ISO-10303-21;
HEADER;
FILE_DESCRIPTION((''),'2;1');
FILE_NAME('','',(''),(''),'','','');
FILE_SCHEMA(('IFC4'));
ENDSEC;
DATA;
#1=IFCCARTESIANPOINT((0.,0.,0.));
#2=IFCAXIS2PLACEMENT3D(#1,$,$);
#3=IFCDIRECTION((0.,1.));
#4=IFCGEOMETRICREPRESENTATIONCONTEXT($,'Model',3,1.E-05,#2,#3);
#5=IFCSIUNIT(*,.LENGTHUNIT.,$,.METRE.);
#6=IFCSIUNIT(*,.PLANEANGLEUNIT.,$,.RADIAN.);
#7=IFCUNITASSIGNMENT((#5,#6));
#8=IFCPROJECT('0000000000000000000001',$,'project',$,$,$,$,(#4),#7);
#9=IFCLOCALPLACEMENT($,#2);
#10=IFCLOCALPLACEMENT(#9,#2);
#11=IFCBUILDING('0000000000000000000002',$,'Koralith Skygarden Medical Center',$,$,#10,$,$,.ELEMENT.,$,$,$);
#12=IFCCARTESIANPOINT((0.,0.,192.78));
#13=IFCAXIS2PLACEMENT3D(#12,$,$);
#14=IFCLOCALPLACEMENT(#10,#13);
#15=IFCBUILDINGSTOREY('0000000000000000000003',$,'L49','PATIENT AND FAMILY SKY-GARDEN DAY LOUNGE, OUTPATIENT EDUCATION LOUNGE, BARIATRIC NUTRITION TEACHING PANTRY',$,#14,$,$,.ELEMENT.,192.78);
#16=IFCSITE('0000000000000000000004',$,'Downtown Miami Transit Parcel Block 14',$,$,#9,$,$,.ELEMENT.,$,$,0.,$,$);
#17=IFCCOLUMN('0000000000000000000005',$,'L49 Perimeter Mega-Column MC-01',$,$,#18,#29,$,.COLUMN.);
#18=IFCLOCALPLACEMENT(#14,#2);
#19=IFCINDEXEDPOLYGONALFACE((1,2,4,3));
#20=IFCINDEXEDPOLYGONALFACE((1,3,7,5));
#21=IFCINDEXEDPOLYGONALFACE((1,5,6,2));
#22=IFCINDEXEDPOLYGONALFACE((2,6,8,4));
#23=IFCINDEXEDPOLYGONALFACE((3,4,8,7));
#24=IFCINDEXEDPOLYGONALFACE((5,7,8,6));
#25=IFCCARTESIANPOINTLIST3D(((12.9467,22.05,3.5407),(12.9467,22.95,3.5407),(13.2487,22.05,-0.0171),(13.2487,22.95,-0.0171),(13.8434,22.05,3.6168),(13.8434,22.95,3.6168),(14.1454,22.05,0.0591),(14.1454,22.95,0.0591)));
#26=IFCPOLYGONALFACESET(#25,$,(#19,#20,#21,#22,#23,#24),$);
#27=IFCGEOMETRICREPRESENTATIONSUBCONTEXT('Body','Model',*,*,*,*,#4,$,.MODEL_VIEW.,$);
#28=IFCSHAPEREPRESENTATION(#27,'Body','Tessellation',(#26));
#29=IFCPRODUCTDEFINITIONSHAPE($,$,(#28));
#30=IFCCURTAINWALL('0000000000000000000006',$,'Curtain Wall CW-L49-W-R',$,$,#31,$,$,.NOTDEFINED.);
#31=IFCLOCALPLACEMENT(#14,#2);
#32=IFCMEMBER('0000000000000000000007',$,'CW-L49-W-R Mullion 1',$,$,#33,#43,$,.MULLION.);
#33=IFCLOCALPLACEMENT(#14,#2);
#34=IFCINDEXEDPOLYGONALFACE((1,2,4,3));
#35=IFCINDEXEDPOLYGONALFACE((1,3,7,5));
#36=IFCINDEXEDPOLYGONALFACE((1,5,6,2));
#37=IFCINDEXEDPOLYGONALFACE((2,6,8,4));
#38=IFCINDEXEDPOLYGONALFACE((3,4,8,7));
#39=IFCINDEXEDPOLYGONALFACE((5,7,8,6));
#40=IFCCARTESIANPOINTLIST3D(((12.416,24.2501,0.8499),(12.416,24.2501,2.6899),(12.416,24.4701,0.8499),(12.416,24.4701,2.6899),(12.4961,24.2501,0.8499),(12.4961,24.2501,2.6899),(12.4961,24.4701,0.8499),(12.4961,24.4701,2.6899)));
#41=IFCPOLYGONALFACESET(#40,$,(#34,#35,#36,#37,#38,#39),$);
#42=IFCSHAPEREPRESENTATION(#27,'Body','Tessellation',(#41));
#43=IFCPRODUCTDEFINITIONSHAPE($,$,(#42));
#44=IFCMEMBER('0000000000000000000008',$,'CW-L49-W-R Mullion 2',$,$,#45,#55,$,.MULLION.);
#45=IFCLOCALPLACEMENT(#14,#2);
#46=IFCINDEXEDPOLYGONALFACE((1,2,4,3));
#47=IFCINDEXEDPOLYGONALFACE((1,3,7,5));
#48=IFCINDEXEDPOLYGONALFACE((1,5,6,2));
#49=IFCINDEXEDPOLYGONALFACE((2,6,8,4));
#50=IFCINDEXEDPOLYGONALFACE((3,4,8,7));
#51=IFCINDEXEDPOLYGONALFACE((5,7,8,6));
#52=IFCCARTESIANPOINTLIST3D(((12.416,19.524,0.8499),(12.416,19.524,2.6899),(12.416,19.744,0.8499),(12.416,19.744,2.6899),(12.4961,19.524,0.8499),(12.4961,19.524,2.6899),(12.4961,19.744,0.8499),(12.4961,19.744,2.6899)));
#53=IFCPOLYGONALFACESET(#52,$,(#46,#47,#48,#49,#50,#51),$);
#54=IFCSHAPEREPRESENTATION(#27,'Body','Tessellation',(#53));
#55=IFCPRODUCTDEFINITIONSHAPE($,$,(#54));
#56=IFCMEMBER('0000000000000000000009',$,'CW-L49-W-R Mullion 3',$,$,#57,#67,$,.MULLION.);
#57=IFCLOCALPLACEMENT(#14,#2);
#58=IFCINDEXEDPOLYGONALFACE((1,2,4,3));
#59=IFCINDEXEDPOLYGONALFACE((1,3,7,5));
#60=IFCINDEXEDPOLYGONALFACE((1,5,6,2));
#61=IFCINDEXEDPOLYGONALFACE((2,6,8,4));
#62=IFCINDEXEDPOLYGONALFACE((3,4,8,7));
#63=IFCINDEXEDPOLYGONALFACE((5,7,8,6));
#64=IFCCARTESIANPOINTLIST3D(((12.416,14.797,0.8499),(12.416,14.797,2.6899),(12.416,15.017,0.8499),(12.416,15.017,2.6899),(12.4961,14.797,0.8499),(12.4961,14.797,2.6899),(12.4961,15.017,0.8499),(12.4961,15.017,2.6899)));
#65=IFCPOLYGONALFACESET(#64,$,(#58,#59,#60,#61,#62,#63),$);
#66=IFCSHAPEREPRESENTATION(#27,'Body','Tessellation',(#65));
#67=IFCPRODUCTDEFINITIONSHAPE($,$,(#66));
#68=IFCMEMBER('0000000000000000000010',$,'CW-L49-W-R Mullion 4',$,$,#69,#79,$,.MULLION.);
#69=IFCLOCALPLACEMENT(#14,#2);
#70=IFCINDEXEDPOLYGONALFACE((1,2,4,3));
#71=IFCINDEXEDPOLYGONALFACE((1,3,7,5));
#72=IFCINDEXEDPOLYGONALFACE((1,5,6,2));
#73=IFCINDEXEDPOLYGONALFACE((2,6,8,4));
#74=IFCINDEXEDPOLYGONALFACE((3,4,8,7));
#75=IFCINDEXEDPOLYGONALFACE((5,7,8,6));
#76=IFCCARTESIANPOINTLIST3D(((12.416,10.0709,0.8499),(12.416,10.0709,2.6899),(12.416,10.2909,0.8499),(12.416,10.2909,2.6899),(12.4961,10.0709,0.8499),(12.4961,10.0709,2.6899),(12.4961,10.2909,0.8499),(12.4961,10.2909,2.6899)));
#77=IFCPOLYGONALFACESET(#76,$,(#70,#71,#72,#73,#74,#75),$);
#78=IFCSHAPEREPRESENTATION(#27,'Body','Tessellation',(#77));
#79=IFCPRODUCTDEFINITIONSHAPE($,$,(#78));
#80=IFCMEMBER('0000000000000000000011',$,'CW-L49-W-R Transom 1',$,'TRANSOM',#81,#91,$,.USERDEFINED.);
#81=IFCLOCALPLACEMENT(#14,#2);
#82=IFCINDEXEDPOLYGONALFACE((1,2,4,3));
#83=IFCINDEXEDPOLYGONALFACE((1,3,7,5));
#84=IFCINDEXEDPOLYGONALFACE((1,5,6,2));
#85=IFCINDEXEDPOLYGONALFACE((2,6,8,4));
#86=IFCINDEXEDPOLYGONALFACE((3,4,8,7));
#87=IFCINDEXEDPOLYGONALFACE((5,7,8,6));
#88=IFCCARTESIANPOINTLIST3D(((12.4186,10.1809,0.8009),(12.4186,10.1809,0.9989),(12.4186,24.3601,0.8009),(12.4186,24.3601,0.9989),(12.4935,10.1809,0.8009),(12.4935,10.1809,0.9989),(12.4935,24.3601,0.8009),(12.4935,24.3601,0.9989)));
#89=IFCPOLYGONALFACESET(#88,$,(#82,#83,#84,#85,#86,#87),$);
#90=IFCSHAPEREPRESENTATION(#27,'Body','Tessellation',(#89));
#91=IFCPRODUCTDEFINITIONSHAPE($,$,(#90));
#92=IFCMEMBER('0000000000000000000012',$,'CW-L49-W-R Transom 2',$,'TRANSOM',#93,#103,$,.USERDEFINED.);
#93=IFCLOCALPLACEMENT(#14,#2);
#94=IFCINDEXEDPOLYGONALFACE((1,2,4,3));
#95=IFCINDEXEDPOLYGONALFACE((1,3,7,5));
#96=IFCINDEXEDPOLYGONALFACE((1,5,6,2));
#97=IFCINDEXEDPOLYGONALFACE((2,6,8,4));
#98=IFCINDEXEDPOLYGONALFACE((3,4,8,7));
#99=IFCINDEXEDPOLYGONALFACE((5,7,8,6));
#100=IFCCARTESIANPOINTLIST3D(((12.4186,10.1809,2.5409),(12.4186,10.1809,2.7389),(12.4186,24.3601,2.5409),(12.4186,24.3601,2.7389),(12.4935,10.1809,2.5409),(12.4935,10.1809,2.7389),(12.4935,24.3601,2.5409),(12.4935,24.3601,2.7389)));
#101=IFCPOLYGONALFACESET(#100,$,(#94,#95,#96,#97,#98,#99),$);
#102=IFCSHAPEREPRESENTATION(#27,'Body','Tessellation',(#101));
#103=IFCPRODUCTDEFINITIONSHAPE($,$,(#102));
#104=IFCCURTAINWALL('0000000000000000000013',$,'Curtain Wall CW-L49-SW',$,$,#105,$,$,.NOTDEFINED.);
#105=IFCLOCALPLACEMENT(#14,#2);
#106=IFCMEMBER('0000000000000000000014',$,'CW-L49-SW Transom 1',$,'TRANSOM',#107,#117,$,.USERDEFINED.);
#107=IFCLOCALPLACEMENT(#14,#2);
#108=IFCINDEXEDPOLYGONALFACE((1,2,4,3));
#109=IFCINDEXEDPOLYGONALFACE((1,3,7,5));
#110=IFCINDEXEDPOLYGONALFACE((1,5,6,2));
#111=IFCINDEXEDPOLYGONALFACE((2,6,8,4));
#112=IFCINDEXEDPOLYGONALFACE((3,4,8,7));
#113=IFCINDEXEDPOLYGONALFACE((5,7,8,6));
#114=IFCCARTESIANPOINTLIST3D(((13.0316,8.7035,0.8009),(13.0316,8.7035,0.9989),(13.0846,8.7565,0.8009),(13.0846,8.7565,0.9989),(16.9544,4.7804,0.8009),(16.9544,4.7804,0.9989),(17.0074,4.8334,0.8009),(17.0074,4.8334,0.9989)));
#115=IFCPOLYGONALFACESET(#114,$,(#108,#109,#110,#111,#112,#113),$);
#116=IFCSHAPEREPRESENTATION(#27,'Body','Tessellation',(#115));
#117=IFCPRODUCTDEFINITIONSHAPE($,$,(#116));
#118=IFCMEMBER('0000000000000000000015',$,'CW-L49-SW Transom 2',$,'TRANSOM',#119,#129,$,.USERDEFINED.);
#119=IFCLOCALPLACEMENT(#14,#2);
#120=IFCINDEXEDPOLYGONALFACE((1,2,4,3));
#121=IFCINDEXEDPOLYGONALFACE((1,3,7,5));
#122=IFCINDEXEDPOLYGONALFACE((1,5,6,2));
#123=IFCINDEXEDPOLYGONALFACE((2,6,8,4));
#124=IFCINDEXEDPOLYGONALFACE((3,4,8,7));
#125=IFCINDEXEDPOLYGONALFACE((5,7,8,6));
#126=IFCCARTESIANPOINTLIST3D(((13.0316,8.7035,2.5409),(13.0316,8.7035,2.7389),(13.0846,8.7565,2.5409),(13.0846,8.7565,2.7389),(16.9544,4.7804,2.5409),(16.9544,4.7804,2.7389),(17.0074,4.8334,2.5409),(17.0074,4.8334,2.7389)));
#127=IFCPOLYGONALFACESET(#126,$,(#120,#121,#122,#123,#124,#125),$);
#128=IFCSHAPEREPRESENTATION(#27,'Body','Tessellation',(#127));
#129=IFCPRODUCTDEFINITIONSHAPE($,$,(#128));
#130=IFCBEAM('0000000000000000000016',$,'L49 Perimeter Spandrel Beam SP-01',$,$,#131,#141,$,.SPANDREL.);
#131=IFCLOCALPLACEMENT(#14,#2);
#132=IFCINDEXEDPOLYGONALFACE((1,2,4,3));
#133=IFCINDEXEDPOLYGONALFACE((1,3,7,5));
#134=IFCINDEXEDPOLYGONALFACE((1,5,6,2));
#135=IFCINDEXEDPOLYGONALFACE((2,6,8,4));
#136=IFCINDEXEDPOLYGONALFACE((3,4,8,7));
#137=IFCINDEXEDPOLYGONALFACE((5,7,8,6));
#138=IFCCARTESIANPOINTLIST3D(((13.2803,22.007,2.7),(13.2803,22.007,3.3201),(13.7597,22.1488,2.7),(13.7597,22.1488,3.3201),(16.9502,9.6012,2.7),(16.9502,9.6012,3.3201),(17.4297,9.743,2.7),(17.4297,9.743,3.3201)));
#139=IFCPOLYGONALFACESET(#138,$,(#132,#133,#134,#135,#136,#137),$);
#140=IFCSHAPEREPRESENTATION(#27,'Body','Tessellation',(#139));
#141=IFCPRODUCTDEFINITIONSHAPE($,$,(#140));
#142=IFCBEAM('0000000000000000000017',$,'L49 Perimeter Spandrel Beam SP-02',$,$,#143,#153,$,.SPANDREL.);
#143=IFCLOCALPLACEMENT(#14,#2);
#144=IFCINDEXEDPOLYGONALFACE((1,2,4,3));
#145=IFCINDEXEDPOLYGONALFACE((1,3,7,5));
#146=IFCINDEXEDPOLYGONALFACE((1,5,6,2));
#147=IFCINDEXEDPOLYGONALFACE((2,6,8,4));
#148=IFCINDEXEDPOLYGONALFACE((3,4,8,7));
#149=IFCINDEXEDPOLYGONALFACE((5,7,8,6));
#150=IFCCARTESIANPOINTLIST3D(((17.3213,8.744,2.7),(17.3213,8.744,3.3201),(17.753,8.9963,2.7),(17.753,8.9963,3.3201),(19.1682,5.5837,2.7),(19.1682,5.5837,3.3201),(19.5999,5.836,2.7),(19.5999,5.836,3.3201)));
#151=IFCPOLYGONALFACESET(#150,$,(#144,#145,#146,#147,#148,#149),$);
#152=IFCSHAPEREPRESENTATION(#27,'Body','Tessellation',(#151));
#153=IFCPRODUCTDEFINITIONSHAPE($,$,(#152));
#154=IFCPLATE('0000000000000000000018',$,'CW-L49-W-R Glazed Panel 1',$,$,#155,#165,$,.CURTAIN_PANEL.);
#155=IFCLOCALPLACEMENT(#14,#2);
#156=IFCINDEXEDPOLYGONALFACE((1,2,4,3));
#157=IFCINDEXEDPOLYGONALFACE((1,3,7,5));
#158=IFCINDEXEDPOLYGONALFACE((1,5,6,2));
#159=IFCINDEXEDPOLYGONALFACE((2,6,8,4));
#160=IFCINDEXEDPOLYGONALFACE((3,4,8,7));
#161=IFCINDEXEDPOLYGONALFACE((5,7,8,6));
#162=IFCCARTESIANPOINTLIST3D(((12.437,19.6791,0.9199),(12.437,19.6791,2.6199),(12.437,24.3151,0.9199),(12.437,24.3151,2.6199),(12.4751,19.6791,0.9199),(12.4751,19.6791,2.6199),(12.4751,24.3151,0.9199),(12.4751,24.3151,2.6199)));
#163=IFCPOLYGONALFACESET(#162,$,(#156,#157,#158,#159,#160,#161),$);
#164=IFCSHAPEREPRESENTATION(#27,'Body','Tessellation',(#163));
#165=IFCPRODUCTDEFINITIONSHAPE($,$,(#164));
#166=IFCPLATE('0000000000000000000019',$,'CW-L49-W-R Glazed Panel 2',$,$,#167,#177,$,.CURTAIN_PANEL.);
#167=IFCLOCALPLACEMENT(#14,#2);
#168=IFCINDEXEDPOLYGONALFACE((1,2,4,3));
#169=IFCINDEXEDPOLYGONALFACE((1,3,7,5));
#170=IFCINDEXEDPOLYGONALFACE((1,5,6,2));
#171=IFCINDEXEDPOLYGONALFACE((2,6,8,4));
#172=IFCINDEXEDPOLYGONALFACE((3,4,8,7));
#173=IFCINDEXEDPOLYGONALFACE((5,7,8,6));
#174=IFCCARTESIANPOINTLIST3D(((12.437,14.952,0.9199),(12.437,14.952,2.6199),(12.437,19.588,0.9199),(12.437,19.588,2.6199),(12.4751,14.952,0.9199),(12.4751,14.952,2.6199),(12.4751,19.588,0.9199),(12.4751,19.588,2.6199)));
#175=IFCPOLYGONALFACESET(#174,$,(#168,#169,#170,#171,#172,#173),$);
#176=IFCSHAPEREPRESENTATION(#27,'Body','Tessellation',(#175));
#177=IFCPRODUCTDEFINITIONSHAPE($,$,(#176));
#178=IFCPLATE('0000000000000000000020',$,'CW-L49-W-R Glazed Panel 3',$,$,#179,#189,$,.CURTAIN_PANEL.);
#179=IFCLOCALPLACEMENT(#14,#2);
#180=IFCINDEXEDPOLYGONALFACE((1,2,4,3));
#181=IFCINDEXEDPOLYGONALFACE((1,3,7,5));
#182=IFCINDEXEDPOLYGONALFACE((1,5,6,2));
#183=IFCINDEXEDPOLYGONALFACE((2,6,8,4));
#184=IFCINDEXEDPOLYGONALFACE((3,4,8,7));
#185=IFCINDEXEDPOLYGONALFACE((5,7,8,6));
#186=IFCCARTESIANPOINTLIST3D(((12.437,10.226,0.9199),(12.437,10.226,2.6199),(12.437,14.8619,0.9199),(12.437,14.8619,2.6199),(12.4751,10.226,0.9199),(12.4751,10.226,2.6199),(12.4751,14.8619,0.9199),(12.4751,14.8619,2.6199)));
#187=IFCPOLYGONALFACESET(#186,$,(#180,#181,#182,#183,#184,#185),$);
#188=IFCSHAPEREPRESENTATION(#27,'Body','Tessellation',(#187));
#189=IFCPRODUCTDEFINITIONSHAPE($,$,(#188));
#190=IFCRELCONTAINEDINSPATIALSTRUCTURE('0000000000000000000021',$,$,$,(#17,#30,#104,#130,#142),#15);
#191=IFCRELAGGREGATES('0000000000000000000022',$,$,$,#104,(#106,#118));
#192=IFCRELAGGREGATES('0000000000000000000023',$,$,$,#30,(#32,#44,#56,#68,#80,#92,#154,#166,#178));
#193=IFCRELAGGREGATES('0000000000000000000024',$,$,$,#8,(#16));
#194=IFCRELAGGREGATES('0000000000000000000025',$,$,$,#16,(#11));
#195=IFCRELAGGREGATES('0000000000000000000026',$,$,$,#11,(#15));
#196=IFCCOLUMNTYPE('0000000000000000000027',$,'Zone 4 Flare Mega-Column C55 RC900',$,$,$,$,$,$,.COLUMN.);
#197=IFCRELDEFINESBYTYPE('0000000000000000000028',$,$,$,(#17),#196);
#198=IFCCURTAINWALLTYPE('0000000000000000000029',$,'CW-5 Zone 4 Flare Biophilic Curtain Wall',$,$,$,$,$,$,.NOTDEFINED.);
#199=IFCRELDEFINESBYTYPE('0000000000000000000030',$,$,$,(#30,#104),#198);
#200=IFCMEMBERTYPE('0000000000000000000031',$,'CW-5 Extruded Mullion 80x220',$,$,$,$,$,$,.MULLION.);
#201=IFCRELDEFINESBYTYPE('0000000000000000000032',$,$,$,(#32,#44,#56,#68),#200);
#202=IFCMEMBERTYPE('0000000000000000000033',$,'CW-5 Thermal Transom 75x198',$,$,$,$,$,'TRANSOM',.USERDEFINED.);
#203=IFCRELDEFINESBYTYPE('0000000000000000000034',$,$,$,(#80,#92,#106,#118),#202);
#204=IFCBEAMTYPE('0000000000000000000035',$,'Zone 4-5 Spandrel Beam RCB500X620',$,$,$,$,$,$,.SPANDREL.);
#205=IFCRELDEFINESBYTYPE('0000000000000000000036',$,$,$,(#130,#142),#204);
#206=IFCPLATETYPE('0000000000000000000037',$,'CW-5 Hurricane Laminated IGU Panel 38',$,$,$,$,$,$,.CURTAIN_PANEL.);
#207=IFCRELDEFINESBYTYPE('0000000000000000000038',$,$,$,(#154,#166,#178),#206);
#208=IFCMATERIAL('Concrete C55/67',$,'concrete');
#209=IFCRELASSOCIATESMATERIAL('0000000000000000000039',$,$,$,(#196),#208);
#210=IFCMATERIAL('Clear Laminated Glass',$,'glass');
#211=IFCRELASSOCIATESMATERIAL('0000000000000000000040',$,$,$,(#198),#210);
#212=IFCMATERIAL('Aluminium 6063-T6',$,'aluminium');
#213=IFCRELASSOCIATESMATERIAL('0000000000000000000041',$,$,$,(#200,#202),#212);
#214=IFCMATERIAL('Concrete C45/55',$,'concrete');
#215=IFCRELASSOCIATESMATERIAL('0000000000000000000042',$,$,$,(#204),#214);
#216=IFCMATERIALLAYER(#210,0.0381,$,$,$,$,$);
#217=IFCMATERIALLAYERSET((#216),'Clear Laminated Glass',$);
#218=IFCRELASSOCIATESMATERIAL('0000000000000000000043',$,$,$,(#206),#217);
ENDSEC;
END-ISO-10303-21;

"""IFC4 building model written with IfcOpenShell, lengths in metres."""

from ifc_helpers import new_model, si_unit, direction, frame, origin, origin_2d, place, context, subcontext, project, spatial, rectangle, extrude, material, layer, layer_set, material_profile, profile_set, type_object, element, aggregate, save


model = new_model("IFC4")

# Units and contexts
model_context = context("Model", 3, precision=1e-05, world=origin(), true_north=direction((0.0, 1.0)))
body_context = subcontext(model_context, "Body", "Model", "MODEL_VIEW")
ifc_project = project(units=[si_unit("LENGTHUNIT", "METRE"), si_unit("PLANEANGLEUNIT", "RADIAN")], contexts=[model_context])

# Site, building, storey
site_placement = place(None, origin())
site = spatial("IfcSite", under=ifc_project, at=site_placement, Name="Downtown Miami Transit Parcel Block 14", CompositionType="ELEMENT", RefElevation=0.0)
building_placement = place(site_placement, origin())
building = spatial("IfcBuilding", under=site, at=building_placement, Name="Koralith Skygarden Medical Center", CompositionType="ELEMENT")
storey_placement = place(building_placement, frame((0.0, 0.0, 192.78)))
storey = spatial("IfcBuildingStorey", under=building, at=storey_placement, Name="L49", Description="PATIENT AND FAMILY SKY-GARDEN DAY LOUNGE, OUTPATIENT EDUCATION LOUNGE, BARIATRIC NUTRITION TEACHING PANTRY", CompositionType="ELEMENT", Elevation=192.78)

# Column
ifc_material_1 = material(Name="Concrete C55/67", Category="concrete")
ifc_material_profile_1 = material_profile(ifc_material_1, rectangle(XDim=0.8999, YDim=0.8999, at=origin_2d()), Name="RC900X900")
ifc_profile_set_1 = profile_set([ifc_material_profile_1], Name="Concrete C55/67")
column_type = type_object("IfcColumnType", Name="Zone 4 Flare Mega-Column C55 RC900", PredefinedType="COLUMN", material=ifc_profile_set_1)
column_placement = place(storey_placement, frame((13.697, 22.5, 0.021), z_axis=(-0.084579, 0.0, 0.996417), x_axis=(0.0, -1.0, 0.0)))
element("IfcColumn", 1, at=column_placement, inside=storey, type_object=column_type, Name="L49 Perimeter Mega-Column MC-01", PredefinedType="COLUMN", context=body_context, shape_type="SweptSolid", body=[
    extrude(rectangle(XDim=0.8999, YDim=0.8999, at=origin_2d()), origin(), (0.0, 0.0, 1.0), 3.5706),
])

# Curtain walls, members
ifc_material_2 = material(Name="Clear Laminated Glass", Category="glass")
curtain_wall_type = type_object("IfcCurtainWallType", Name="CW-5 Zone 4 Flare Biophilic Curtain Wall", PredefinedType="NOTDEFINED", material=ifc_material_2)
curtain_wall_1_placement = place(storey_placement, origin())
curtain_wall_1 = element("IfcCurtainWall", 2, at=curtain_wall_1_placement, inside=storey, type_object=curtain_wall_type, Name="Curtain Wall CW-L49-W-R", PredefinedType="NOTDEFINED")
ifc_material_3 = material(Name="Aluminium 6063-T6", Category="aluminium")
ifc_material_profile_2 = material_profile(ifc_material_3, rectangle(XDim=0.0801, YDim=0.22, at=origin_2d()), Name="MUL80X220")
ifc_profile_set_2 = profile_set([ifc_material_profile_2], Name="Aluminium 6063-T6")
member_type_1 = type_object("IfcMemberType", Name="CW-5 Extruded Mullion 80x220", PredefinedType="MULLION", material=ifc_profile_set_2)
member_1_placement = place(storey_placement, frame((12.4561, 24.3601, 0.8499), z_axis=(0.0, 0.0, 1.0), x_axis=(1.0, 0.0, 0.0)))
member_1 = element("IfcMember", 3, at=member_1_placement, type_object=member_type_1, Name="CW-L49-W-R Mullion 1", PredefinedType="MULLION", context=body_context, shape_type="SweptSolid", body=[
    extrude(rectangle(XDim=0.0801, YDim=0.22, at=origin_2d()), origin(), (0.0, 0.0, 1.0), 1.8401),
])
member_2_placement = place(storey_placement, frame((12.4561, 19.634, 0.8499), z_axis=(0.0, 0.0, 1.0), x_axis=(1.0, 0.0, 0.0)))
member_2 = element("IfcMember", 4, at=member_2_placement, type_object=member_type_1, Name="CW-L49-W-R Mullion 2", PredefinedType="MULLION", context=body_context, shape_type="SweptSolid", body=[
    extrude(rectangle(XDim=0.0801, YDim=0.22, at=origin_2d()), origin(), (0.0, 0.0, 1.0), 1.8401),
])
member_3_placement = place(storey_placement, frame((12.4561, 14.907, 0.8499), z_axis=(0.0, 0.0, 1.0), x_axis=(1.0, 0.0, 0.0)))
member_3 = element("IfcMember", 5, at=member_3_placement, type_object=member_type_1, Name="CW-L49-W-R Mullion 3", PredefinedType="MULLION", context=body_context, shape_type="SweptSolid", body=[
    extrude(rectangle(XDim=0.0801, YDim=0.22, at=origin_2d()), origin(), (0.0, 0.0, 1.0), 1.8401),
])
member_4_placement = place(storey_placement, frame((12.4561, 10.1809, 0.8499), z_axis=(0.0, 0.0, 1.0), x_axis=(1.0, 0.0, 0.0)))
member_4 = element("IfcMember", 6, at=member_4_placement, type_object=member_type_1, Name="CW-L49-W-R Mullion 4", PredefinedType="MULLION", context=body_context, shape_type="SweptSolid", body=[
    extrude(rectangle(XDim=0.0801, YDim=0.22, at=origin_2d()), origin(), (0.0, 0.0, 1.0), 1.8401),
])
ifc_material_profile_3 = material_profile(ifc_material_3, rectangle(XDim=0.075, YDim=0.198, at=origin_2d()), Name="TRN75X198")
ifc_profile_set_3 = profile_set([ifc_material_profile_3], Name="Aluminium 6063-T6")
member_type_2 = type_object("IfcMemberType", Name="CW-5 Thermal Transom 75x198", ElementType="TRANSOM", PredefinedType="USERDEFINED", material=ifc_profile_set_3)
member_5_placement = place(storey_placement, frame((12.4561, 24.3601, 0.8999), z_axis=(0.0, -1.0, 0.0), x_axis=(1.0, 0.0, 0.0)))
member_5 = element("IfcMember", 7, at=member_5_placement, type_object=member_type_2, Name="CW-L49-W-R Transom 1", ObjectType="TRANSOM", PredefinedType="USERDEFINED", context=body_context, shape_type="SweptSolid", body=[
    extrude(rectangle(XDim=0.075, YDim=0.198, at=origin_2d()), origin(), (0.0, 0.0, 1.0), 14.1792),
])
member_6_placement = place(storey_placement, frame((12.4561, 24.3601, 2.6399), z_axis=(0.0, -1.0, 0.0), x_axis=(1.0, 0.0, 0.0)))
member_6 = element("IfcMember", 8, at=member_6_placement, type_object=member_type_2, Name="CW-L49-W-R Transom 2", ObjectType="TRANSOM", PredefinedType="USERDEFINED", context=body_context, shape_type="SweptSolid", body=[
    extrude(rectangle(XDim=0.075, YDim=0.198, at=origin_2d()), origin(), (0.0, 0.0, 1.0), 14.1792),
])
curtain_wall_2_placement = place(storey_placement, origin())
curtain_wall_2 = element("IfcCurtainWall", 9, at=curtain_wall_2_placement, inside=storey, type_object=curtain_wall_type, Name="Curtain Wall CW-L49-SW", PredefinedType="NOTDEFINED")
member_7_placement = place(storey_placement, frame((13.0581, 8.73, 0.8999), z_axis=(0.707085, -0.707129, 0.0), x_axis=(0.707129, 0.707085, 0.0)))
member_7 = element("IfcMember", 10, at=member_7_placement, type_object=member_type_2, Name="CW-L49-SW Transom 1", ObjectType="TRANSOM", PredefinedType="USERDEFINED", context=body_context, shape_type="SweptSolid", body=[
    extrude(rectangle(XDim=0.075, YDim=0.198, at=origin_2d()), origin(), (0.0, 0.0, 1.0), 5.5479),
])
member_8_placement = place(storey_placement, frame((13.0581, 8.73, 2.6399), z_axis=(0.707085, -0.707129, 0.0), x_axis=(0.707129, 0.707085, 0.0)))
member_8 = element("IfcMember", 11, at=member_8_placement, type_object=member_type_2, Name="CW-L49-SW Transom 2", ObjectType="TRANSOM", PredefinedType="USERDEFINED", context=body_context, shape_type="SweptSolid", body=[
    extrude(rectangle(XDim=0.075, YDim=0.198, at=origin_2d()), origin(), (0.0, 0.0, 1.0), 5.5479),
])
aggregate(curtain_wall_2, [member_7, member_8])

# Beams
ifc_material_4 = material(Name="Concrete C45/55", Category="concrete")
ifc_material_profile_4 = material_profile(ifc_material_4, rectangle(XDim=0.5, YDim=0.6201, at=origin_2d()), Name="RCB500X620")
ifc_profile_set_4 = profile_set([ifc_material_profile_4], Name="Concrete C45/55")
beam_type = type_object("IfcBeamType", Name="Zone 4-5 Spandrel Beam RCB500X620", PredefinedType="SPANDREL", material=ifc_profile_set_4)
beam_1_placement = place(storey_placement, frame((13.52, 22.0779, 3.01), z_axis=(0.283672, -0.958921, 0.0), x_axis=(0.958921, 0.283672, 0.0)))
element("IfcBeam", 12, at=beam_1_placement, inside=storey, type_object=beam_type, Name="L49 Perimeter Spandrel Beam SP-01", PredefinedType="SPANDREL", context=body_context, shape_type="SweptSolid", body=[
    extrude(rectangle(XDim=0.5, YDim=0.6201, at=origin_2d()), origin(), (0.0, 0.0, 1.0), 12.9373),
])
beam_2_placement = place(storey_placement, frame((17.5371, 8.8701, 3.01), z_axis=(0.504584, -0.863363, 0.0), x_axis=(0.863363, 0.504584, 0.0)))
element("IfcBeam", 13, at=beam_2_placement, inside=storey, type_object=beam_type, Name="L49 Perimeter Spandrel Beam SP-02", PredefinedType="SPANDREL", context=body_context, shape_type="SweptSolid", body=[
    extrude(rectangle(XDim=0.5, YDim=0.6201, at=origin_2d()), origin(), (0.0, 0.0, 1.0), 3.6604),
])

# Plates
ifc_layer_1 = layer(ifc_material_2, 0.0381)
ifc_layer_set_1 = layer_set([ifc_layer_1], Name="Clear Laminated Glass")
plate_type_1 = type_object("IfcPlateType", Name="CW-5 Hurricane Laminated IGU Panel 38", PredefinedType="CURTAIN_PANEL", material=ifc_layer_set_1)
plate_1_placement = place(storey_placement, frame((12.4561, 21.9971, 0.9199), z_axis=(0.0, 0.0, 1.0), x_axis=(0.0, -1.0, 0.0)))
plate_1 = element("IfcPlate", 14, at=plate_1_placement, type_object=plate_type_1, Name="CW-L49-W-R Glazed Panel 1", PredefinedType="CURTAIN_PANEL", context=body_context, shape_type="SweptSolid", body=[
    extrude(rectangle(XDim=4.636, YDim=0.0381, at=origin_2d()), origin(), (0.0, 0.0, 1.0), 1.7),
])
plate_2_placement = place(storey_placement, frame((12.4561, 17.27, 0.9199), z_axis=(0.0, 0.0, 1.0), x_axis=(0.0, -1.0, 0.0)))
plate_2 = element("IfcPlate", 15, at=plate_2_placement, type_object=plate_type_1, Name="CW-L49-W-R Glazed Panel 2", PredefinedType="CURTAIN_PANEL", context=body_context, shape_type="SweptSolid", body=[
    extrude(rectangle(XDim=4.636, YDim=0.0381, at=origin_2d()), origin(), (0.0, 0.0, 1.0), 1.7),
])
plate_3_placement = place(storey_placement, frame((12.4561, 12.5439, 0.9199), z_axis=(0.0, 0.0, 1.0), x_axis=(0.0, -1.0, 0.0)))
plate_3 = element("IfcPlate", 16, at=plate_3_placement, type_object=plate_type_1, Name="CW-L49-W-R Glazed Panel 3", PredefinedType="CURTAIN_PANEL", context=body_context, shape_type="SweptSolid", body=[
    extrude(rectangle(XDim=4.636, YDim=0.0381, at=origin_2d()), origin(), (0.0, 0.0, 1.0), 1.7),
])
aggregate(curtain_wall_1, [member_1, member_2, member_3, member_4, member_5, member_6, plate_1, plate_2, plate_3])

save(model, "model.ifc")
